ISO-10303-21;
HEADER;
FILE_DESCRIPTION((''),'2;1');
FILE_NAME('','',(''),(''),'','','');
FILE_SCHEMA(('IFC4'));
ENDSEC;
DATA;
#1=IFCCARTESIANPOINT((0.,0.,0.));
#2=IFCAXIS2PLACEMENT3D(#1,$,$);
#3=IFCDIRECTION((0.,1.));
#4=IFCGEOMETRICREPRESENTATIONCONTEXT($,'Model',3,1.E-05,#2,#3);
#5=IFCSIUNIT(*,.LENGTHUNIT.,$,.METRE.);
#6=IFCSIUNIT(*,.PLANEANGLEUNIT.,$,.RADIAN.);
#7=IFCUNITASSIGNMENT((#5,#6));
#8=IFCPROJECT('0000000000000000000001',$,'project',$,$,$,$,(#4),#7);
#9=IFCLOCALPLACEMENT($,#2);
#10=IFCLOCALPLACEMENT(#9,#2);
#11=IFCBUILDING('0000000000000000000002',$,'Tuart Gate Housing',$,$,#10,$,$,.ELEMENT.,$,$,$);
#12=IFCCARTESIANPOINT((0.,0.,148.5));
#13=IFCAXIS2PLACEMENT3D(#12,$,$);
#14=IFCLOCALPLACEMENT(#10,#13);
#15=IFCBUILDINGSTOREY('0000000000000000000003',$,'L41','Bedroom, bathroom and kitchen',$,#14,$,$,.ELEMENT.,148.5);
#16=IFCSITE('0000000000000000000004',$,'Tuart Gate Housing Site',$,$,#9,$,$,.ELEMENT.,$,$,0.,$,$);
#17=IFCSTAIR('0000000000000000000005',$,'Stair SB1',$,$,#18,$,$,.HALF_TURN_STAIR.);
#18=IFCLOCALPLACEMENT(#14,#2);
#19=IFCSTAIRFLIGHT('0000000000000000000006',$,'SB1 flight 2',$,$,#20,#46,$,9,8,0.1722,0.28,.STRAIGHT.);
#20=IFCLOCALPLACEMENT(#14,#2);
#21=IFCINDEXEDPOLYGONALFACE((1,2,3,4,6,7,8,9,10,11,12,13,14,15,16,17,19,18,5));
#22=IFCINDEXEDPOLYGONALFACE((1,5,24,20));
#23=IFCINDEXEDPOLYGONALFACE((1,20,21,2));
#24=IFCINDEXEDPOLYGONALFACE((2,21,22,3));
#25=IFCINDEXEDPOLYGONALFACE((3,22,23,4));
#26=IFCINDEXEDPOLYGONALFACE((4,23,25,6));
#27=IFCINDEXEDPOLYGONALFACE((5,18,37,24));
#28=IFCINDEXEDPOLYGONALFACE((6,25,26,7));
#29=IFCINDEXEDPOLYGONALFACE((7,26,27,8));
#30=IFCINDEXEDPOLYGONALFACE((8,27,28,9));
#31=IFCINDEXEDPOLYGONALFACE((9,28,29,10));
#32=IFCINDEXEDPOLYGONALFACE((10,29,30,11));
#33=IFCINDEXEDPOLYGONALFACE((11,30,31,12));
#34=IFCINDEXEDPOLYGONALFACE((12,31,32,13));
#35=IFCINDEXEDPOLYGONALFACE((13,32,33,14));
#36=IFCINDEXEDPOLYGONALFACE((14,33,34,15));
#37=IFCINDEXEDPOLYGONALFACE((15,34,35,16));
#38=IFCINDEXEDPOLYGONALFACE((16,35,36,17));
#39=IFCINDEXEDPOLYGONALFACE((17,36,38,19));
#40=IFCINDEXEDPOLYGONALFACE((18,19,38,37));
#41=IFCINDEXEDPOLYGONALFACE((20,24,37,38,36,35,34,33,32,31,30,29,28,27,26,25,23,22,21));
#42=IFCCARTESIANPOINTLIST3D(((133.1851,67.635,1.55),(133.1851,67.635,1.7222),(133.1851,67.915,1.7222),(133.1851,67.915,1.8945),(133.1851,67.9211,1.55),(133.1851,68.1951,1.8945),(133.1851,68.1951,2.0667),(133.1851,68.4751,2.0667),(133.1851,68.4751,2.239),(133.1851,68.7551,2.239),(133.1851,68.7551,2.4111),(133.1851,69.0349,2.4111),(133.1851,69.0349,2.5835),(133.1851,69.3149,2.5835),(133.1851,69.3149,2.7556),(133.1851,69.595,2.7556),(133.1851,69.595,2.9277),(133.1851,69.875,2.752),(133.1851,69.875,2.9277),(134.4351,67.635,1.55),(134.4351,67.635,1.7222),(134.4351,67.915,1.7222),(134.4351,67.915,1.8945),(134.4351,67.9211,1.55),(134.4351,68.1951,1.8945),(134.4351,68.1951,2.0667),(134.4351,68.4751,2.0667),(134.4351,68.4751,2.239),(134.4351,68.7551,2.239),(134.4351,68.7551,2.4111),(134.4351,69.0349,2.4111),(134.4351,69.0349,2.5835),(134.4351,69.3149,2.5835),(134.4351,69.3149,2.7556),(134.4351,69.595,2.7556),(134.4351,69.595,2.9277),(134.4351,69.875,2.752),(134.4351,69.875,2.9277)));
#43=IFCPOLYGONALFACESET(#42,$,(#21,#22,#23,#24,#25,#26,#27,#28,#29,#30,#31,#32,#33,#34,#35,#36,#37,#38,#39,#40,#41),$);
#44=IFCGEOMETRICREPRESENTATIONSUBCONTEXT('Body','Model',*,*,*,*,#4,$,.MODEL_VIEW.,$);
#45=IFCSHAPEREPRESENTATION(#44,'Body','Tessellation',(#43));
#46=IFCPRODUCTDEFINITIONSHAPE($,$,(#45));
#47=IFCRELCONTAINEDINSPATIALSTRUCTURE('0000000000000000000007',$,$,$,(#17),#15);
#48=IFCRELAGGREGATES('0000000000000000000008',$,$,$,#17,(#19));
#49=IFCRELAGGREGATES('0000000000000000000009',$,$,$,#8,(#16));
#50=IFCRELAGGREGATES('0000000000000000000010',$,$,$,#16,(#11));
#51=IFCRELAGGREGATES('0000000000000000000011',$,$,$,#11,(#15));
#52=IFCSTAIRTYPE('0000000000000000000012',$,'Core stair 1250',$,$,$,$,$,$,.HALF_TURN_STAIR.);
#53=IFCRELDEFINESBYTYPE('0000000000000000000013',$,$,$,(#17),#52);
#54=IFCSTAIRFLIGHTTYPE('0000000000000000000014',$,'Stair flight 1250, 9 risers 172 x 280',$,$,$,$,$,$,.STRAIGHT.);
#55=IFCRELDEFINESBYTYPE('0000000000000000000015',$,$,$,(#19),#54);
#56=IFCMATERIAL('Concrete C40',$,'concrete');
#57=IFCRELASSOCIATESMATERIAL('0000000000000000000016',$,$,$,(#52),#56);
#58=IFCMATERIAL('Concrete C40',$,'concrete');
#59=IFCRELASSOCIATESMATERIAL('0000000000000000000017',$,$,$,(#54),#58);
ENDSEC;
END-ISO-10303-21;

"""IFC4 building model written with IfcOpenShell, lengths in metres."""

from ifc_helpers import new_model, si_unit, direction, frame, origin, place, context, subcontext, project, spatial, polyline, outline, extrude, material, type_object, element, aggregate, save


model = new_model("IFC4")

# Units and contexts
model_context = context("Model", 3, precision=1e-05, world=origin(), true_north=direction((0.0, 1.0)))
body_context = subcontext(model_context, "Body", "Model", "MODEL_VIEW")
ifc_project = project(units=[si_unit("LENGTHUNIT", "METRE"), si_unit("PLANEANGLEUNIT", "RADIAN")], contexts=[model_context])

# Site, building, storey
site_placement = place(None, origin())
site = spatial("IfcSite", under=ifc_project, at=site_placement, Name="Tuart Gate Housing Site", CompositionType="ELEMENT", RefElevation=0.0)
building_placement = place(site_placement, origin())
building = spatial("IfcBuilding", under=site, at=building_placement, Name="Tuart Gate Housing", CompositionType="ELEMENT")
storey_placement = place(building_placement, frame((0.0, 0.0, 148.5)))
storey = spatial("IfcBuildingStorey", under=building, at=storey_placement, Name="L41", Description="Bedroom, bathroom and kitchen", CompositionType="ELEMENT", Elevation=148.5)

# Stair, stair flight
ifc_material_1 = material(Name="Concrete C40", Category="concrete")
stair_type = type_object("IfcStairType", Name="Core stair 1250", PredefinedType="HALF_TURN_STAIR", material=ifc_material_1)
stair_placement = place(storey_placement, origin())
stair = element("IfcStair", 1, at=stair_placement, inside=storey, type_object=stair_type, Name="Stair SB1", PredefinedType="HALF_TURN_STAIR")
ifc_material_2 = material(Name="Concrete C40", Category="concrete")
stair_flight_type = type_object("IfcStairFlightType", Name="Stair flight 1250, 9 risers 172 x 280", PredefinedType="STRAIGHT", material=ifc_material_2)
stair_flight_1_placement = place(storey_placement, frame((133.8101, 67.635, 1.55), z_axis=(0.0, 0.0, 1.0), x_axis=(0.0, 1.0, 0.0)))
stair_flight_1 = element("IfcStairFlight", 2, at=stair_flight_1_placement, type_object=stair_flight_type, Name="SB1 flight 2", NumberOfRisers=9, NumberOfTreads=8, PredefinedType="STRAIGHT", RiserHeight=0.1722, TreadLength=0.28, context=body_context, shape_type="SweptSolid", body=[
    extrude(outline(polyline([(0.0, 0.0), (0.0, 0.1721), (0.28, 0.1721), (0.28, 0.3445), (0.5601, 0.3445), (0.5601, 0.5166), (0.8401, 0.5166), (0.8401, 0.689), (1.1201, 0.689), (1.1201, 0.8611), (1.3999, 0.8611), (1.3999, 1.0334), (1.6799, 1.0334), (1.6799, 1.2056), (1.96, 1.2056), (1.96, 1.3777), (2.24, 1.3777), (2.24, 1.55), (2.24, 1.2019), (0.2861, 0.0), (0.0, 0.0)])), frame((0.0, 0.625, 0.0), z_axis=(0.0, -1.0, 0.0), x_axis=(1.0, 0.0, 0.0)), (0.0, 0.0, 1.0), 1.25),
])
aggregate(stair, [stair_flight_1])

save(model, "model.ifc")
